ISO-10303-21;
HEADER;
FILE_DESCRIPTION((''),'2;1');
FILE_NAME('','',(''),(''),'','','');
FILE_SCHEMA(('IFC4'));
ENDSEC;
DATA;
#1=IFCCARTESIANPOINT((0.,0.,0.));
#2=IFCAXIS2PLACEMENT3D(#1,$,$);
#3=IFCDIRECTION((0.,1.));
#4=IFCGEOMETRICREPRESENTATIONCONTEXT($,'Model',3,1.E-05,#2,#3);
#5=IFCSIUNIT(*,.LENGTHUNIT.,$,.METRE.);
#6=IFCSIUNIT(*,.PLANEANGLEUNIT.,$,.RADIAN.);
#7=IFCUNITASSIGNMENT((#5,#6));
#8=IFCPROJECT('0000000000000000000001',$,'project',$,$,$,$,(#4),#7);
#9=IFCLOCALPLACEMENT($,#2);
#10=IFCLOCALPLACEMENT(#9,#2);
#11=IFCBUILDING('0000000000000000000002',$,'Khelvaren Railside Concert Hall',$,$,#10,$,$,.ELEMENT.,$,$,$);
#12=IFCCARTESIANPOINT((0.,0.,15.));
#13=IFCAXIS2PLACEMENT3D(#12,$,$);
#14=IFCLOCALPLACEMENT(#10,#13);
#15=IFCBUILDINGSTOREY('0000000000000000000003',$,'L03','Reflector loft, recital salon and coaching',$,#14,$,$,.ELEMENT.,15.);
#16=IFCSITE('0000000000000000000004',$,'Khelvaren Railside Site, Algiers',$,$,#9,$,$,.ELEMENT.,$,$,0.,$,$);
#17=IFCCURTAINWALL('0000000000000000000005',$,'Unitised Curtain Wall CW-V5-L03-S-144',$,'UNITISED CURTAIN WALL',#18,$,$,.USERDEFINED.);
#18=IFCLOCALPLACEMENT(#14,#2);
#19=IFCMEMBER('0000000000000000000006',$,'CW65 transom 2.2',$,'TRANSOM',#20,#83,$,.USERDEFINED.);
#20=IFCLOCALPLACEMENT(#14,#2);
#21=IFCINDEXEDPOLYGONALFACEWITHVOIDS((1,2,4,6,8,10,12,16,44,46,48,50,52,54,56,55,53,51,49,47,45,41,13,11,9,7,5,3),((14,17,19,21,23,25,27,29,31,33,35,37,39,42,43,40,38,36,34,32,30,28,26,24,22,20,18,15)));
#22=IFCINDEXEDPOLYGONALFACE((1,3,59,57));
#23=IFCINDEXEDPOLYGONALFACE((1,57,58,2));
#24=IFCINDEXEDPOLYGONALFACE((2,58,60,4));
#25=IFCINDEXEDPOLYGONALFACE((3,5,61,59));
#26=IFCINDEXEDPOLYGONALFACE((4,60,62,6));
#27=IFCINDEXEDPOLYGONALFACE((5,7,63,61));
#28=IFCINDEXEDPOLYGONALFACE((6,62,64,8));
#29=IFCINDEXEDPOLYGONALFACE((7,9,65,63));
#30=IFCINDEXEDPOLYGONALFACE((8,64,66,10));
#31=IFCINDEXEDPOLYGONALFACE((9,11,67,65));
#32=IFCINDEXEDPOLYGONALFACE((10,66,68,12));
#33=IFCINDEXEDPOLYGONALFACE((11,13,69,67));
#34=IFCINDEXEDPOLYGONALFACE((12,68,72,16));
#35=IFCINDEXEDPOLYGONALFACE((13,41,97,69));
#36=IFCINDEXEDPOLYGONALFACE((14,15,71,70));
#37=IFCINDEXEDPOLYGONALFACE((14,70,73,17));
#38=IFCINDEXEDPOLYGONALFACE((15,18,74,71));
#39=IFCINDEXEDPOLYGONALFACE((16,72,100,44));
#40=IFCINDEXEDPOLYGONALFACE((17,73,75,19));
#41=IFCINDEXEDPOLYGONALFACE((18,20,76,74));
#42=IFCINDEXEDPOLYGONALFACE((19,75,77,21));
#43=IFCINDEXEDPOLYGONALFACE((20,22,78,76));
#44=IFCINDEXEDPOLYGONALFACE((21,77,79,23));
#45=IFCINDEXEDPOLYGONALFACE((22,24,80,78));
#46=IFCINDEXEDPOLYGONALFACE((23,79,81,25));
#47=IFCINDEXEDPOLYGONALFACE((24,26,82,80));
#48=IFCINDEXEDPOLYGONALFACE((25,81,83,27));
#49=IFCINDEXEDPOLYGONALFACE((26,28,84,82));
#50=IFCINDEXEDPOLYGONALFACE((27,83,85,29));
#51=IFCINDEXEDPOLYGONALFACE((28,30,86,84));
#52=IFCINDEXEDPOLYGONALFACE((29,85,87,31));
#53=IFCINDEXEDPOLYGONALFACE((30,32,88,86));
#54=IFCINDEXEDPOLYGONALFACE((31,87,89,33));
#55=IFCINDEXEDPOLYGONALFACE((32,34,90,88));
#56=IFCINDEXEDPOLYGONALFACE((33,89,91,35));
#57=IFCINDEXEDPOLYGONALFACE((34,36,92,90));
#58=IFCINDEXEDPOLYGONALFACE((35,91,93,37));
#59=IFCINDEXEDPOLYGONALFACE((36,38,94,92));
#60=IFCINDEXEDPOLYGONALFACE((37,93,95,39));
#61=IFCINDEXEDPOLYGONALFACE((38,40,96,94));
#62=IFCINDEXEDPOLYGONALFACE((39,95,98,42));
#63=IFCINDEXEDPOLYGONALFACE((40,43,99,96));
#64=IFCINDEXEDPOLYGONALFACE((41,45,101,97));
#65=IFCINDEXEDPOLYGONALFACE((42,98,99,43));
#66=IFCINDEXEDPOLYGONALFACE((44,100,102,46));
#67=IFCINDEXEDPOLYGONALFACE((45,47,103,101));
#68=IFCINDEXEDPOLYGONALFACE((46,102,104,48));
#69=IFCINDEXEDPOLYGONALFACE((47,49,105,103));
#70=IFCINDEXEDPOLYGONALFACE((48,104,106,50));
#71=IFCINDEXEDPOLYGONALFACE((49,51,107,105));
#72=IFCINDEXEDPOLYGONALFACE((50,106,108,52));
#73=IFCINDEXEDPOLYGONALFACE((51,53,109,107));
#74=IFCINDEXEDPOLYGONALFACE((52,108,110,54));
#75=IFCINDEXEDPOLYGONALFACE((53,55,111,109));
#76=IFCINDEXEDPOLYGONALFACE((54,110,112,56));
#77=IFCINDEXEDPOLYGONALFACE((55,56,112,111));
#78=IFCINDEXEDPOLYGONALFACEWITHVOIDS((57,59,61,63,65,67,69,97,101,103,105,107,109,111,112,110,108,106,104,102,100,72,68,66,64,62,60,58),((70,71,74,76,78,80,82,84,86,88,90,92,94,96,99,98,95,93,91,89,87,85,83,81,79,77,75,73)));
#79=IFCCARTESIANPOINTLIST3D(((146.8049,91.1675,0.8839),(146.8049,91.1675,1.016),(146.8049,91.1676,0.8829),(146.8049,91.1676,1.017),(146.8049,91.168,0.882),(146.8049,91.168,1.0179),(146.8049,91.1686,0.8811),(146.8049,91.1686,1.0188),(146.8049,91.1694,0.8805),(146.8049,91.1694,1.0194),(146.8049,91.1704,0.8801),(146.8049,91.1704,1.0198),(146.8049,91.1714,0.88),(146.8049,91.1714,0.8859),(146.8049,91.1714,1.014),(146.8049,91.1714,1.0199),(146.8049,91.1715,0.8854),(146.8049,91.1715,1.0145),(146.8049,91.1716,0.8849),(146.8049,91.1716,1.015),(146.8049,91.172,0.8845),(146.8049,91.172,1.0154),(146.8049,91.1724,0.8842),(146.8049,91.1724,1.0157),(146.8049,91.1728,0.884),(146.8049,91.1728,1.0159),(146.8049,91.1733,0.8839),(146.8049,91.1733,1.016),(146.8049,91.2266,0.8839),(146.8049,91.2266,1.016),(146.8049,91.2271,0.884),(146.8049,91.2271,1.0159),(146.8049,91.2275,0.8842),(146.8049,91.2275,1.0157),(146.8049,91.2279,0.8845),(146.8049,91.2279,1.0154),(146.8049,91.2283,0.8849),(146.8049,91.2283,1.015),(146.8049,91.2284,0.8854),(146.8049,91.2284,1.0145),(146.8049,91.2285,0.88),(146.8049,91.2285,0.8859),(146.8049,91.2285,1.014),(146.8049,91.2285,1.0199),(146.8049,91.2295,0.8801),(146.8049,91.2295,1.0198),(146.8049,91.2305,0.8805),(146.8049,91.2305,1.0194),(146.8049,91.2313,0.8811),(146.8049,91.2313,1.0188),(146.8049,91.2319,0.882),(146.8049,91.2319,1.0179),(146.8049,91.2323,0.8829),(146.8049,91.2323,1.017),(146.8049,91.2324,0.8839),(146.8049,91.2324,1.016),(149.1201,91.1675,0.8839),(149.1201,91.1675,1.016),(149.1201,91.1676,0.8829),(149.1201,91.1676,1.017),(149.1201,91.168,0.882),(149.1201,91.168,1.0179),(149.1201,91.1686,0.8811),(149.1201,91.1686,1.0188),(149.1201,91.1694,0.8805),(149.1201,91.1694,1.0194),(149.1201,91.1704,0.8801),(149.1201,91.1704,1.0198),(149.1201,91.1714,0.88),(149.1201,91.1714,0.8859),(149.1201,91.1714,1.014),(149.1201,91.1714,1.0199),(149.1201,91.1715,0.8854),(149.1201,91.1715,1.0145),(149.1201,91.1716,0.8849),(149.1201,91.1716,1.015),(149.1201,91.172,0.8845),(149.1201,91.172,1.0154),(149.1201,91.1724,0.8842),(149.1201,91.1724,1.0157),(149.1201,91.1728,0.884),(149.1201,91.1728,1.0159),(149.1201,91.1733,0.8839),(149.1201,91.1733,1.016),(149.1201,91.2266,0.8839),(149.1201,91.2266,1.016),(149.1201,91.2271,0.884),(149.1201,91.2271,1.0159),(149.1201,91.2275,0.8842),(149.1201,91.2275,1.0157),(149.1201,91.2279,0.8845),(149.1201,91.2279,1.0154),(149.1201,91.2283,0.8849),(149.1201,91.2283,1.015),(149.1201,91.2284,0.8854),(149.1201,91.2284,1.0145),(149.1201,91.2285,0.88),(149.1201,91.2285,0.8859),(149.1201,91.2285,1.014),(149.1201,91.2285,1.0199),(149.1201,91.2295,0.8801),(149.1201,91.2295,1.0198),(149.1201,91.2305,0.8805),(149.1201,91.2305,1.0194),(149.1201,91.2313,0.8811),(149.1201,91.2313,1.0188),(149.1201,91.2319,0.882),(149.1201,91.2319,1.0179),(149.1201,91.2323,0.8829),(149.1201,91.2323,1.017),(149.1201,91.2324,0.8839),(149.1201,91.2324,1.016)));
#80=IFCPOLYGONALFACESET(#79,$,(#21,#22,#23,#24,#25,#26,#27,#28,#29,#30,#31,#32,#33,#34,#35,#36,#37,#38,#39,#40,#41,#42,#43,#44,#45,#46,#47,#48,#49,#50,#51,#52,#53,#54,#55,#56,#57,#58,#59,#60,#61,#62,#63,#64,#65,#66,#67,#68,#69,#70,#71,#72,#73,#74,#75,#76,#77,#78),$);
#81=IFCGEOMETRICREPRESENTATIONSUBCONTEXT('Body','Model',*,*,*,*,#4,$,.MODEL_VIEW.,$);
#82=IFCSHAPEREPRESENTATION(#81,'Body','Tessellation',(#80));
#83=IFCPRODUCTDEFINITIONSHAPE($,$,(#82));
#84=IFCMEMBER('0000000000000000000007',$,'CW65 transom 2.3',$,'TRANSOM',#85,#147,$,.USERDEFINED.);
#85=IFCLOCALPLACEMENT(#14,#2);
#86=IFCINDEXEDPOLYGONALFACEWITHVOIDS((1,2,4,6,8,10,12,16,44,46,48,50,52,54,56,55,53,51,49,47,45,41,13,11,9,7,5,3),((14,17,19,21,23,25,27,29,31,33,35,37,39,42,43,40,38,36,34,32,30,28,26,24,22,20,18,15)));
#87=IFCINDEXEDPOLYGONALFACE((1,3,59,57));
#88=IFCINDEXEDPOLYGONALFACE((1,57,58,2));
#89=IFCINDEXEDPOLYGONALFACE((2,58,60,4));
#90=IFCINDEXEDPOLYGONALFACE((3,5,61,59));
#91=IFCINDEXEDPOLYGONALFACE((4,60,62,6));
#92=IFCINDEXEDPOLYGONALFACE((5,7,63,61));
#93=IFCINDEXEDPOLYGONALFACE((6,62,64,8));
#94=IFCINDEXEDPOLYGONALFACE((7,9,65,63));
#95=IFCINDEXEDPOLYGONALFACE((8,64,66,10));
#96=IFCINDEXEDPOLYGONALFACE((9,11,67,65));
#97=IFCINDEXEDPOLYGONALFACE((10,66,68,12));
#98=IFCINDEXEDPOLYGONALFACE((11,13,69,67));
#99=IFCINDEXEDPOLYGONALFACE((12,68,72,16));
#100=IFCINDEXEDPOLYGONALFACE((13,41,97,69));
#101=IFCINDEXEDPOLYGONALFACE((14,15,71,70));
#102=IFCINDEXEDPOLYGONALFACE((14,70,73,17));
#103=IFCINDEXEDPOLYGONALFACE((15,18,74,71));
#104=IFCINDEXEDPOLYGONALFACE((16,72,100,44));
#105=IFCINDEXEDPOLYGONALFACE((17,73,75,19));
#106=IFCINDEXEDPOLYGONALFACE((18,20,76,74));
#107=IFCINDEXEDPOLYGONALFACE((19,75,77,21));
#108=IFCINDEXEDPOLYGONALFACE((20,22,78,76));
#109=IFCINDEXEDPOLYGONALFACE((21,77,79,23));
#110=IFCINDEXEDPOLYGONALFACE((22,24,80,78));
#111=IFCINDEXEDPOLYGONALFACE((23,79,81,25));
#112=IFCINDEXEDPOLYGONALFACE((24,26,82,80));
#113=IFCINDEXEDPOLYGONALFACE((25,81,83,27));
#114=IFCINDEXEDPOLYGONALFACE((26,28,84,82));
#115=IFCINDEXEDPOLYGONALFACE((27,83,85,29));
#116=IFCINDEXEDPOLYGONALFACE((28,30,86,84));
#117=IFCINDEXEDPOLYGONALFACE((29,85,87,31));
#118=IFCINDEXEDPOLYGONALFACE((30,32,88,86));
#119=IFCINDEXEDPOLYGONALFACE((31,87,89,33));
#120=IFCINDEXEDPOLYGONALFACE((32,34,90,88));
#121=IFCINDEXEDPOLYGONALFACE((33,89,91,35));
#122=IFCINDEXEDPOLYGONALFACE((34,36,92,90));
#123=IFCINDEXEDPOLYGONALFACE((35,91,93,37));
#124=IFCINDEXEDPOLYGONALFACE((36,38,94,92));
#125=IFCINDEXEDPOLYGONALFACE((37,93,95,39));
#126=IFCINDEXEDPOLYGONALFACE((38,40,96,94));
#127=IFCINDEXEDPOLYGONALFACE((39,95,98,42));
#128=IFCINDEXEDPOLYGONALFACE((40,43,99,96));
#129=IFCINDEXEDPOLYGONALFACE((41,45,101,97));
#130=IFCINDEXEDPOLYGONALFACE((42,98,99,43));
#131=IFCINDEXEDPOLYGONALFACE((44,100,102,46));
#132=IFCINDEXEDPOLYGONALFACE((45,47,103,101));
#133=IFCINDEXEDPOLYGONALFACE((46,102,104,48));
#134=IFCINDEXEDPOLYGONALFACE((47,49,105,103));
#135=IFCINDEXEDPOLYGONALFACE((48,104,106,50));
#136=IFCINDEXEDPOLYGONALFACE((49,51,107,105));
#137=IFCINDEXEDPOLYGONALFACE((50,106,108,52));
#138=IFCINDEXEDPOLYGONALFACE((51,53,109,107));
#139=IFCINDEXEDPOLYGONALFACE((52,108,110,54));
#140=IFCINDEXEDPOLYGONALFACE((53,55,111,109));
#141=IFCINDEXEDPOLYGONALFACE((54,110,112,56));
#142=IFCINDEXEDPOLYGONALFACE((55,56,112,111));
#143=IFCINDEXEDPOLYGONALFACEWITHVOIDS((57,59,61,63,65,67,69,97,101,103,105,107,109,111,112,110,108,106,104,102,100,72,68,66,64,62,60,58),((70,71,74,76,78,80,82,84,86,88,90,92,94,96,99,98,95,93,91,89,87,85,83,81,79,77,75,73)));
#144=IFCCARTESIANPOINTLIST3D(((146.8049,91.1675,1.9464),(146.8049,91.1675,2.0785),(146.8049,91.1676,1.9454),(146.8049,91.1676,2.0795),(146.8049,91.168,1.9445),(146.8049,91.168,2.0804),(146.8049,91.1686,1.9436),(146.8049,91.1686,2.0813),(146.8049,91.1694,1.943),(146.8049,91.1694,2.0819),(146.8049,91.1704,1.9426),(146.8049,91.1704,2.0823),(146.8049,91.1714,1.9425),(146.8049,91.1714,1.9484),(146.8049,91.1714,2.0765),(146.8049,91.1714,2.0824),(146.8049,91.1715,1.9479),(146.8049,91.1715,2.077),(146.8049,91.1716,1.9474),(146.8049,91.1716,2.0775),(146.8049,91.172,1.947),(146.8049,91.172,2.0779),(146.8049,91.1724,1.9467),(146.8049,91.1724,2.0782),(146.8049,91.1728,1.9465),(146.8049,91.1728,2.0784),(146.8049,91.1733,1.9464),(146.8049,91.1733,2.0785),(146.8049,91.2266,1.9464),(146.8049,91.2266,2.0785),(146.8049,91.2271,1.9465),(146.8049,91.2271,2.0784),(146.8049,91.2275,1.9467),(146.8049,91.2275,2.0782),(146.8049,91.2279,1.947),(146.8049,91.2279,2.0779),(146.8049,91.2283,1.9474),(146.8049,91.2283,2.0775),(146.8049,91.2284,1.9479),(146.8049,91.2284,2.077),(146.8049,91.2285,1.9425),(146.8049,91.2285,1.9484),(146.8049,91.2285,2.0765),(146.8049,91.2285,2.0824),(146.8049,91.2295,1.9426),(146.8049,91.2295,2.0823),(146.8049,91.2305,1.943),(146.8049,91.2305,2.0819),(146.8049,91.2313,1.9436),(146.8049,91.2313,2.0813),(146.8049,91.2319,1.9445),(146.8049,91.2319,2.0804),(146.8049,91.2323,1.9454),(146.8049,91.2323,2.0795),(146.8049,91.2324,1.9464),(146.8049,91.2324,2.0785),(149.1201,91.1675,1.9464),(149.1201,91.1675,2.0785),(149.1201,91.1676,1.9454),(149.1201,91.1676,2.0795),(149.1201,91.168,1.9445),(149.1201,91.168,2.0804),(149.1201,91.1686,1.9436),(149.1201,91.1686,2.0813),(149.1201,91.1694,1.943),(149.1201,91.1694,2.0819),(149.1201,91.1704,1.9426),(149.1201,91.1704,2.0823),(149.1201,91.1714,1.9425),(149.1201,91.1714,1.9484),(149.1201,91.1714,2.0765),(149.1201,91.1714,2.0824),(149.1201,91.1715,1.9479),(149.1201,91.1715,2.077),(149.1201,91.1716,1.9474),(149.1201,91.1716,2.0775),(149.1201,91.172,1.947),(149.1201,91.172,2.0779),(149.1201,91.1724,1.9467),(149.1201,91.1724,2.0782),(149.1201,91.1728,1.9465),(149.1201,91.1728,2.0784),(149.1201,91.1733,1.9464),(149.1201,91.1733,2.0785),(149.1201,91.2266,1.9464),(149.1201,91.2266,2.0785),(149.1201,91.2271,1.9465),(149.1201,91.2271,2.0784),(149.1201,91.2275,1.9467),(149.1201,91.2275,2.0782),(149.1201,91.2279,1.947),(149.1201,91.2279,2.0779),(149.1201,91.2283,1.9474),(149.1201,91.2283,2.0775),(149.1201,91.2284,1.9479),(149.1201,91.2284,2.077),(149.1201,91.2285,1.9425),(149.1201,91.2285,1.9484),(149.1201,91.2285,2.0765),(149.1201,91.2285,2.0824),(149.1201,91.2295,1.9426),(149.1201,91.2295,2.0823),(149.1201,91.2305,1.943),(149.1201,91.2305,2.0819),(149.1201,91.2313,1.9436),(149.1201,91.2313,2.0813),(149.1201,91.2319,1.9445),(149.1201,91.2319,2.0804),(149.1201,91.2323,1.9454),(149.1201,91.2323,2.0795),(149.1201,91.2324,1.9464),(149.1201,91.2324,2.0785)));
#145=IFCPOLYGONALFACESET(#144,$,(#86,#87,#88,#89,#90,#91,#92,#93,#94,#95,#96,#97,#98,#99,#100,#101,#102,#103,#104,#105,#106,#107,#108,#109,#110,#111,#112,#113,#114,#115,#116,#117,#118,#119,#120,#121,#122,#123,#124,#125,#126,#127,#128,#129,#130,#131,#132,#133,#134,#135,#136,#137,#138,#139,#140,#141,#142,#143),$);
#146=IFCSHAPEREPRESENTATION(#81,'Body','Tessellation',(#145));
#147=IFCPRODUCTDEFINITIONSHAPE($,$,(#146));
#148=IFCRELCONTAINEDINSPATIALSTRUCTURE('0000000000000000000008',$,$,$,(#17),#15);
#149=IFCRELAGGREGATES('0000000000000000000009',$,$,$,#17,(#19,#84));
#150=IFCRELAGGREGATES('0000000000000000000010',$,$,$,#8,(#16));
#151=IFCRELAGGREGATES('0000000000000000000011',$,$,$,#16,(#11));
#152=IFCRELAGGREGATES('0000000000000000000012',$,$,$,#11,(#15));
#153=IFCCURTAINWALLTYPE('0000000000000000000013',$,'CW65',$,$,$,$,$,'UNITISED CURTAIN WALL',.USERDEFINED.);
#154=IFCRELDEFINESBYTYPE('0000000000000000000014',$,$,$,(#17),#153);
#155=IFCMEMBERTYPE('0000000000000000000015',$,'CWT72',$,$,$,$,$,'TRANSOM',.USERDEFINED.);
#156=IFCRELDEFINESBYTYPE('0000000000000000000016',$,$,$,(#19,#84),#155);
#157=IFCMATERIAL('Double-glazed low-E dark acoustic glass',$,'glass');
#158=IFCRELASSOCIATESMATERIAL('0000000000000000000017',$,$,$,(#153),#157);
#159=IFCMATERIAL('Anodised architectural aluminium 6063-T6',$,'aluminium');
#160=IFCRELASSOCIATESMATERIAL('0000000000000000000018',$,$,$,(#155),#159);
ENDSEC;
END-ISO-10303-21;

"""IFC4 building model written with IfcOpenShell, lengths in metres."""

from ifc_helpers import new_model, si_unit, direction, frame, origin, origin_2d, place, context, subcontext, project, spatial, hollow_rectangle, extrude, material, material_profile, profile_set, type_object, element, aggregate, save


model = new_model("IFC4")

# Units and contexts
model_context = context("Model", 3, precision=1e-05, world=origin(), true_north=direction((0.0, 1.0)))
body_context = subcontext(model_context, "Body", "Model", "MODEL_VIEW")
ifc_project = project(units=[si_unit("LENGTHUNIT", "METRE"), si_unit("PLANEANGLEUNIT", "RADIAN")], contexts=[model_context])

# Site, building, storey
site_placement = place(None, origin())
site = spatial("IfcSite", under=ifc_project, at=site_placement, Name="Khelvaren Railside Site, Algiers", CompositionType="ELEMENT", RefElevation=0.0)
building_placement = place(site_placement, origin())
building = spatial("IfcBuilding", under=site, at=building_placement, Name="Khelvaren Railside Concert Hall", CompositionType="ELEMENT")
storey_placement = place(building_placement, frame((0.0, 0.0, 15.0)))
storey = spatial("IfcBuildingStorey", under=building, at=storey_placement, Name="L03", Description="Reflector loft, recital salon and coaching", CompositionType="ELEMENT", Elevation=15.0)

# Shared definitions
ifc_material_1 = material(Name="Double-glazed low-E dark acoustic glass", Category="glass")
ifc_material_2 = material(Name="Anodised architectural aluminium 6063-T6", Category="aluminium")

# Curtain wall
curtain_wall_type_1 = type_object("IfcCurtainWallType", Name="CW65", ElementType="UNITISED CURTAIN WALL", PredefinedType="USERDEFINED", material=ifc_material_1)
curtain_wall_1_placement = place(storey_placement, origin())
curtain_wall_1 = element("IfcCurtainWall", 1, at=curtain_wall_1_placement, inside=storey, type_object=curtain_wall_type_1, Name="Unitised Curtain Wall CW-V5-L03-S-144", ObjectType="UNITISED CURTAIN WALL", PredefinedType="USERDEFINED")

# Members
ifc_material_profile_1 = material_profile(ifc_material_2, hollow_rectangle(XDim=0.0649, YDim=0.1399, WallThickness=0.0039, InnerFilletRadius=0.002, OuterFilletRadius=0.0039, at=origin_2d()), Name="CWT 65x140x4")
ifc_profile_set_1 = profile_set([ifc_material_profile_1], Name="Anodised architectural aluminium 6063-T6")
member_type_1 = type_object("IfcMemberType", Name="CWT72", ElementType="TRANSOM", PredefinedType="USERDEFINED", material=ifc_profile_set_1)
member_1_placement = place(storey_placement, frame((149.1201, 91.2, 0.95), z_axis=(-1.0, 0.0, 0.0), x_axis=(0.0, -1.0, 0.0)))
member_1 = element("IfcMember", 2, at=member_1_placement, type_object=member_type_1, Name="CW65 transom 2.2", ObjectType="TRANSOM", PredefinedType="USERDEFINED", context=body_context, shape_type="SweptSolid", body=[
    extrude(hollow_rectangle(XDim=0.0649, YDim=0.1399, WallThickness=0.0039, InnerFilletRadius=0.002, OuterFilletRadius=0.0039, at=origin_2d()), origin(), (0.0, 0.0, 1.0), 2.3152),
])
member_2_placement = place(storey_placement, frame((149.1201, 91.2, 2.0125), z_axis=(-1.0, 0.0, 0.0), x_axis=(0.0, -1.0, 0.0)))
member_2 = element("IfcMember", 3, at=member_2_placement, type_object=member_type_1, Name="CW65 transom 2.3", ObjectType="TRANSOM", PredefinedType="USERDEFINED", context=body_context, shape_type="SweptSolid", body=[
    extrude(hollow_rectangle(XDim=0.0649, YDim=0.1399, WallThickness=0.0039, InnerFilletRadius=0.002, OuterFilletRadius=0.0039, at=origin_2d()), origin(), (0.0, 0.0, 1.0), 2.3152),
])

aggregate(curtain_wall_1, [member_1, member_2])

save(model, "model.ifc")
